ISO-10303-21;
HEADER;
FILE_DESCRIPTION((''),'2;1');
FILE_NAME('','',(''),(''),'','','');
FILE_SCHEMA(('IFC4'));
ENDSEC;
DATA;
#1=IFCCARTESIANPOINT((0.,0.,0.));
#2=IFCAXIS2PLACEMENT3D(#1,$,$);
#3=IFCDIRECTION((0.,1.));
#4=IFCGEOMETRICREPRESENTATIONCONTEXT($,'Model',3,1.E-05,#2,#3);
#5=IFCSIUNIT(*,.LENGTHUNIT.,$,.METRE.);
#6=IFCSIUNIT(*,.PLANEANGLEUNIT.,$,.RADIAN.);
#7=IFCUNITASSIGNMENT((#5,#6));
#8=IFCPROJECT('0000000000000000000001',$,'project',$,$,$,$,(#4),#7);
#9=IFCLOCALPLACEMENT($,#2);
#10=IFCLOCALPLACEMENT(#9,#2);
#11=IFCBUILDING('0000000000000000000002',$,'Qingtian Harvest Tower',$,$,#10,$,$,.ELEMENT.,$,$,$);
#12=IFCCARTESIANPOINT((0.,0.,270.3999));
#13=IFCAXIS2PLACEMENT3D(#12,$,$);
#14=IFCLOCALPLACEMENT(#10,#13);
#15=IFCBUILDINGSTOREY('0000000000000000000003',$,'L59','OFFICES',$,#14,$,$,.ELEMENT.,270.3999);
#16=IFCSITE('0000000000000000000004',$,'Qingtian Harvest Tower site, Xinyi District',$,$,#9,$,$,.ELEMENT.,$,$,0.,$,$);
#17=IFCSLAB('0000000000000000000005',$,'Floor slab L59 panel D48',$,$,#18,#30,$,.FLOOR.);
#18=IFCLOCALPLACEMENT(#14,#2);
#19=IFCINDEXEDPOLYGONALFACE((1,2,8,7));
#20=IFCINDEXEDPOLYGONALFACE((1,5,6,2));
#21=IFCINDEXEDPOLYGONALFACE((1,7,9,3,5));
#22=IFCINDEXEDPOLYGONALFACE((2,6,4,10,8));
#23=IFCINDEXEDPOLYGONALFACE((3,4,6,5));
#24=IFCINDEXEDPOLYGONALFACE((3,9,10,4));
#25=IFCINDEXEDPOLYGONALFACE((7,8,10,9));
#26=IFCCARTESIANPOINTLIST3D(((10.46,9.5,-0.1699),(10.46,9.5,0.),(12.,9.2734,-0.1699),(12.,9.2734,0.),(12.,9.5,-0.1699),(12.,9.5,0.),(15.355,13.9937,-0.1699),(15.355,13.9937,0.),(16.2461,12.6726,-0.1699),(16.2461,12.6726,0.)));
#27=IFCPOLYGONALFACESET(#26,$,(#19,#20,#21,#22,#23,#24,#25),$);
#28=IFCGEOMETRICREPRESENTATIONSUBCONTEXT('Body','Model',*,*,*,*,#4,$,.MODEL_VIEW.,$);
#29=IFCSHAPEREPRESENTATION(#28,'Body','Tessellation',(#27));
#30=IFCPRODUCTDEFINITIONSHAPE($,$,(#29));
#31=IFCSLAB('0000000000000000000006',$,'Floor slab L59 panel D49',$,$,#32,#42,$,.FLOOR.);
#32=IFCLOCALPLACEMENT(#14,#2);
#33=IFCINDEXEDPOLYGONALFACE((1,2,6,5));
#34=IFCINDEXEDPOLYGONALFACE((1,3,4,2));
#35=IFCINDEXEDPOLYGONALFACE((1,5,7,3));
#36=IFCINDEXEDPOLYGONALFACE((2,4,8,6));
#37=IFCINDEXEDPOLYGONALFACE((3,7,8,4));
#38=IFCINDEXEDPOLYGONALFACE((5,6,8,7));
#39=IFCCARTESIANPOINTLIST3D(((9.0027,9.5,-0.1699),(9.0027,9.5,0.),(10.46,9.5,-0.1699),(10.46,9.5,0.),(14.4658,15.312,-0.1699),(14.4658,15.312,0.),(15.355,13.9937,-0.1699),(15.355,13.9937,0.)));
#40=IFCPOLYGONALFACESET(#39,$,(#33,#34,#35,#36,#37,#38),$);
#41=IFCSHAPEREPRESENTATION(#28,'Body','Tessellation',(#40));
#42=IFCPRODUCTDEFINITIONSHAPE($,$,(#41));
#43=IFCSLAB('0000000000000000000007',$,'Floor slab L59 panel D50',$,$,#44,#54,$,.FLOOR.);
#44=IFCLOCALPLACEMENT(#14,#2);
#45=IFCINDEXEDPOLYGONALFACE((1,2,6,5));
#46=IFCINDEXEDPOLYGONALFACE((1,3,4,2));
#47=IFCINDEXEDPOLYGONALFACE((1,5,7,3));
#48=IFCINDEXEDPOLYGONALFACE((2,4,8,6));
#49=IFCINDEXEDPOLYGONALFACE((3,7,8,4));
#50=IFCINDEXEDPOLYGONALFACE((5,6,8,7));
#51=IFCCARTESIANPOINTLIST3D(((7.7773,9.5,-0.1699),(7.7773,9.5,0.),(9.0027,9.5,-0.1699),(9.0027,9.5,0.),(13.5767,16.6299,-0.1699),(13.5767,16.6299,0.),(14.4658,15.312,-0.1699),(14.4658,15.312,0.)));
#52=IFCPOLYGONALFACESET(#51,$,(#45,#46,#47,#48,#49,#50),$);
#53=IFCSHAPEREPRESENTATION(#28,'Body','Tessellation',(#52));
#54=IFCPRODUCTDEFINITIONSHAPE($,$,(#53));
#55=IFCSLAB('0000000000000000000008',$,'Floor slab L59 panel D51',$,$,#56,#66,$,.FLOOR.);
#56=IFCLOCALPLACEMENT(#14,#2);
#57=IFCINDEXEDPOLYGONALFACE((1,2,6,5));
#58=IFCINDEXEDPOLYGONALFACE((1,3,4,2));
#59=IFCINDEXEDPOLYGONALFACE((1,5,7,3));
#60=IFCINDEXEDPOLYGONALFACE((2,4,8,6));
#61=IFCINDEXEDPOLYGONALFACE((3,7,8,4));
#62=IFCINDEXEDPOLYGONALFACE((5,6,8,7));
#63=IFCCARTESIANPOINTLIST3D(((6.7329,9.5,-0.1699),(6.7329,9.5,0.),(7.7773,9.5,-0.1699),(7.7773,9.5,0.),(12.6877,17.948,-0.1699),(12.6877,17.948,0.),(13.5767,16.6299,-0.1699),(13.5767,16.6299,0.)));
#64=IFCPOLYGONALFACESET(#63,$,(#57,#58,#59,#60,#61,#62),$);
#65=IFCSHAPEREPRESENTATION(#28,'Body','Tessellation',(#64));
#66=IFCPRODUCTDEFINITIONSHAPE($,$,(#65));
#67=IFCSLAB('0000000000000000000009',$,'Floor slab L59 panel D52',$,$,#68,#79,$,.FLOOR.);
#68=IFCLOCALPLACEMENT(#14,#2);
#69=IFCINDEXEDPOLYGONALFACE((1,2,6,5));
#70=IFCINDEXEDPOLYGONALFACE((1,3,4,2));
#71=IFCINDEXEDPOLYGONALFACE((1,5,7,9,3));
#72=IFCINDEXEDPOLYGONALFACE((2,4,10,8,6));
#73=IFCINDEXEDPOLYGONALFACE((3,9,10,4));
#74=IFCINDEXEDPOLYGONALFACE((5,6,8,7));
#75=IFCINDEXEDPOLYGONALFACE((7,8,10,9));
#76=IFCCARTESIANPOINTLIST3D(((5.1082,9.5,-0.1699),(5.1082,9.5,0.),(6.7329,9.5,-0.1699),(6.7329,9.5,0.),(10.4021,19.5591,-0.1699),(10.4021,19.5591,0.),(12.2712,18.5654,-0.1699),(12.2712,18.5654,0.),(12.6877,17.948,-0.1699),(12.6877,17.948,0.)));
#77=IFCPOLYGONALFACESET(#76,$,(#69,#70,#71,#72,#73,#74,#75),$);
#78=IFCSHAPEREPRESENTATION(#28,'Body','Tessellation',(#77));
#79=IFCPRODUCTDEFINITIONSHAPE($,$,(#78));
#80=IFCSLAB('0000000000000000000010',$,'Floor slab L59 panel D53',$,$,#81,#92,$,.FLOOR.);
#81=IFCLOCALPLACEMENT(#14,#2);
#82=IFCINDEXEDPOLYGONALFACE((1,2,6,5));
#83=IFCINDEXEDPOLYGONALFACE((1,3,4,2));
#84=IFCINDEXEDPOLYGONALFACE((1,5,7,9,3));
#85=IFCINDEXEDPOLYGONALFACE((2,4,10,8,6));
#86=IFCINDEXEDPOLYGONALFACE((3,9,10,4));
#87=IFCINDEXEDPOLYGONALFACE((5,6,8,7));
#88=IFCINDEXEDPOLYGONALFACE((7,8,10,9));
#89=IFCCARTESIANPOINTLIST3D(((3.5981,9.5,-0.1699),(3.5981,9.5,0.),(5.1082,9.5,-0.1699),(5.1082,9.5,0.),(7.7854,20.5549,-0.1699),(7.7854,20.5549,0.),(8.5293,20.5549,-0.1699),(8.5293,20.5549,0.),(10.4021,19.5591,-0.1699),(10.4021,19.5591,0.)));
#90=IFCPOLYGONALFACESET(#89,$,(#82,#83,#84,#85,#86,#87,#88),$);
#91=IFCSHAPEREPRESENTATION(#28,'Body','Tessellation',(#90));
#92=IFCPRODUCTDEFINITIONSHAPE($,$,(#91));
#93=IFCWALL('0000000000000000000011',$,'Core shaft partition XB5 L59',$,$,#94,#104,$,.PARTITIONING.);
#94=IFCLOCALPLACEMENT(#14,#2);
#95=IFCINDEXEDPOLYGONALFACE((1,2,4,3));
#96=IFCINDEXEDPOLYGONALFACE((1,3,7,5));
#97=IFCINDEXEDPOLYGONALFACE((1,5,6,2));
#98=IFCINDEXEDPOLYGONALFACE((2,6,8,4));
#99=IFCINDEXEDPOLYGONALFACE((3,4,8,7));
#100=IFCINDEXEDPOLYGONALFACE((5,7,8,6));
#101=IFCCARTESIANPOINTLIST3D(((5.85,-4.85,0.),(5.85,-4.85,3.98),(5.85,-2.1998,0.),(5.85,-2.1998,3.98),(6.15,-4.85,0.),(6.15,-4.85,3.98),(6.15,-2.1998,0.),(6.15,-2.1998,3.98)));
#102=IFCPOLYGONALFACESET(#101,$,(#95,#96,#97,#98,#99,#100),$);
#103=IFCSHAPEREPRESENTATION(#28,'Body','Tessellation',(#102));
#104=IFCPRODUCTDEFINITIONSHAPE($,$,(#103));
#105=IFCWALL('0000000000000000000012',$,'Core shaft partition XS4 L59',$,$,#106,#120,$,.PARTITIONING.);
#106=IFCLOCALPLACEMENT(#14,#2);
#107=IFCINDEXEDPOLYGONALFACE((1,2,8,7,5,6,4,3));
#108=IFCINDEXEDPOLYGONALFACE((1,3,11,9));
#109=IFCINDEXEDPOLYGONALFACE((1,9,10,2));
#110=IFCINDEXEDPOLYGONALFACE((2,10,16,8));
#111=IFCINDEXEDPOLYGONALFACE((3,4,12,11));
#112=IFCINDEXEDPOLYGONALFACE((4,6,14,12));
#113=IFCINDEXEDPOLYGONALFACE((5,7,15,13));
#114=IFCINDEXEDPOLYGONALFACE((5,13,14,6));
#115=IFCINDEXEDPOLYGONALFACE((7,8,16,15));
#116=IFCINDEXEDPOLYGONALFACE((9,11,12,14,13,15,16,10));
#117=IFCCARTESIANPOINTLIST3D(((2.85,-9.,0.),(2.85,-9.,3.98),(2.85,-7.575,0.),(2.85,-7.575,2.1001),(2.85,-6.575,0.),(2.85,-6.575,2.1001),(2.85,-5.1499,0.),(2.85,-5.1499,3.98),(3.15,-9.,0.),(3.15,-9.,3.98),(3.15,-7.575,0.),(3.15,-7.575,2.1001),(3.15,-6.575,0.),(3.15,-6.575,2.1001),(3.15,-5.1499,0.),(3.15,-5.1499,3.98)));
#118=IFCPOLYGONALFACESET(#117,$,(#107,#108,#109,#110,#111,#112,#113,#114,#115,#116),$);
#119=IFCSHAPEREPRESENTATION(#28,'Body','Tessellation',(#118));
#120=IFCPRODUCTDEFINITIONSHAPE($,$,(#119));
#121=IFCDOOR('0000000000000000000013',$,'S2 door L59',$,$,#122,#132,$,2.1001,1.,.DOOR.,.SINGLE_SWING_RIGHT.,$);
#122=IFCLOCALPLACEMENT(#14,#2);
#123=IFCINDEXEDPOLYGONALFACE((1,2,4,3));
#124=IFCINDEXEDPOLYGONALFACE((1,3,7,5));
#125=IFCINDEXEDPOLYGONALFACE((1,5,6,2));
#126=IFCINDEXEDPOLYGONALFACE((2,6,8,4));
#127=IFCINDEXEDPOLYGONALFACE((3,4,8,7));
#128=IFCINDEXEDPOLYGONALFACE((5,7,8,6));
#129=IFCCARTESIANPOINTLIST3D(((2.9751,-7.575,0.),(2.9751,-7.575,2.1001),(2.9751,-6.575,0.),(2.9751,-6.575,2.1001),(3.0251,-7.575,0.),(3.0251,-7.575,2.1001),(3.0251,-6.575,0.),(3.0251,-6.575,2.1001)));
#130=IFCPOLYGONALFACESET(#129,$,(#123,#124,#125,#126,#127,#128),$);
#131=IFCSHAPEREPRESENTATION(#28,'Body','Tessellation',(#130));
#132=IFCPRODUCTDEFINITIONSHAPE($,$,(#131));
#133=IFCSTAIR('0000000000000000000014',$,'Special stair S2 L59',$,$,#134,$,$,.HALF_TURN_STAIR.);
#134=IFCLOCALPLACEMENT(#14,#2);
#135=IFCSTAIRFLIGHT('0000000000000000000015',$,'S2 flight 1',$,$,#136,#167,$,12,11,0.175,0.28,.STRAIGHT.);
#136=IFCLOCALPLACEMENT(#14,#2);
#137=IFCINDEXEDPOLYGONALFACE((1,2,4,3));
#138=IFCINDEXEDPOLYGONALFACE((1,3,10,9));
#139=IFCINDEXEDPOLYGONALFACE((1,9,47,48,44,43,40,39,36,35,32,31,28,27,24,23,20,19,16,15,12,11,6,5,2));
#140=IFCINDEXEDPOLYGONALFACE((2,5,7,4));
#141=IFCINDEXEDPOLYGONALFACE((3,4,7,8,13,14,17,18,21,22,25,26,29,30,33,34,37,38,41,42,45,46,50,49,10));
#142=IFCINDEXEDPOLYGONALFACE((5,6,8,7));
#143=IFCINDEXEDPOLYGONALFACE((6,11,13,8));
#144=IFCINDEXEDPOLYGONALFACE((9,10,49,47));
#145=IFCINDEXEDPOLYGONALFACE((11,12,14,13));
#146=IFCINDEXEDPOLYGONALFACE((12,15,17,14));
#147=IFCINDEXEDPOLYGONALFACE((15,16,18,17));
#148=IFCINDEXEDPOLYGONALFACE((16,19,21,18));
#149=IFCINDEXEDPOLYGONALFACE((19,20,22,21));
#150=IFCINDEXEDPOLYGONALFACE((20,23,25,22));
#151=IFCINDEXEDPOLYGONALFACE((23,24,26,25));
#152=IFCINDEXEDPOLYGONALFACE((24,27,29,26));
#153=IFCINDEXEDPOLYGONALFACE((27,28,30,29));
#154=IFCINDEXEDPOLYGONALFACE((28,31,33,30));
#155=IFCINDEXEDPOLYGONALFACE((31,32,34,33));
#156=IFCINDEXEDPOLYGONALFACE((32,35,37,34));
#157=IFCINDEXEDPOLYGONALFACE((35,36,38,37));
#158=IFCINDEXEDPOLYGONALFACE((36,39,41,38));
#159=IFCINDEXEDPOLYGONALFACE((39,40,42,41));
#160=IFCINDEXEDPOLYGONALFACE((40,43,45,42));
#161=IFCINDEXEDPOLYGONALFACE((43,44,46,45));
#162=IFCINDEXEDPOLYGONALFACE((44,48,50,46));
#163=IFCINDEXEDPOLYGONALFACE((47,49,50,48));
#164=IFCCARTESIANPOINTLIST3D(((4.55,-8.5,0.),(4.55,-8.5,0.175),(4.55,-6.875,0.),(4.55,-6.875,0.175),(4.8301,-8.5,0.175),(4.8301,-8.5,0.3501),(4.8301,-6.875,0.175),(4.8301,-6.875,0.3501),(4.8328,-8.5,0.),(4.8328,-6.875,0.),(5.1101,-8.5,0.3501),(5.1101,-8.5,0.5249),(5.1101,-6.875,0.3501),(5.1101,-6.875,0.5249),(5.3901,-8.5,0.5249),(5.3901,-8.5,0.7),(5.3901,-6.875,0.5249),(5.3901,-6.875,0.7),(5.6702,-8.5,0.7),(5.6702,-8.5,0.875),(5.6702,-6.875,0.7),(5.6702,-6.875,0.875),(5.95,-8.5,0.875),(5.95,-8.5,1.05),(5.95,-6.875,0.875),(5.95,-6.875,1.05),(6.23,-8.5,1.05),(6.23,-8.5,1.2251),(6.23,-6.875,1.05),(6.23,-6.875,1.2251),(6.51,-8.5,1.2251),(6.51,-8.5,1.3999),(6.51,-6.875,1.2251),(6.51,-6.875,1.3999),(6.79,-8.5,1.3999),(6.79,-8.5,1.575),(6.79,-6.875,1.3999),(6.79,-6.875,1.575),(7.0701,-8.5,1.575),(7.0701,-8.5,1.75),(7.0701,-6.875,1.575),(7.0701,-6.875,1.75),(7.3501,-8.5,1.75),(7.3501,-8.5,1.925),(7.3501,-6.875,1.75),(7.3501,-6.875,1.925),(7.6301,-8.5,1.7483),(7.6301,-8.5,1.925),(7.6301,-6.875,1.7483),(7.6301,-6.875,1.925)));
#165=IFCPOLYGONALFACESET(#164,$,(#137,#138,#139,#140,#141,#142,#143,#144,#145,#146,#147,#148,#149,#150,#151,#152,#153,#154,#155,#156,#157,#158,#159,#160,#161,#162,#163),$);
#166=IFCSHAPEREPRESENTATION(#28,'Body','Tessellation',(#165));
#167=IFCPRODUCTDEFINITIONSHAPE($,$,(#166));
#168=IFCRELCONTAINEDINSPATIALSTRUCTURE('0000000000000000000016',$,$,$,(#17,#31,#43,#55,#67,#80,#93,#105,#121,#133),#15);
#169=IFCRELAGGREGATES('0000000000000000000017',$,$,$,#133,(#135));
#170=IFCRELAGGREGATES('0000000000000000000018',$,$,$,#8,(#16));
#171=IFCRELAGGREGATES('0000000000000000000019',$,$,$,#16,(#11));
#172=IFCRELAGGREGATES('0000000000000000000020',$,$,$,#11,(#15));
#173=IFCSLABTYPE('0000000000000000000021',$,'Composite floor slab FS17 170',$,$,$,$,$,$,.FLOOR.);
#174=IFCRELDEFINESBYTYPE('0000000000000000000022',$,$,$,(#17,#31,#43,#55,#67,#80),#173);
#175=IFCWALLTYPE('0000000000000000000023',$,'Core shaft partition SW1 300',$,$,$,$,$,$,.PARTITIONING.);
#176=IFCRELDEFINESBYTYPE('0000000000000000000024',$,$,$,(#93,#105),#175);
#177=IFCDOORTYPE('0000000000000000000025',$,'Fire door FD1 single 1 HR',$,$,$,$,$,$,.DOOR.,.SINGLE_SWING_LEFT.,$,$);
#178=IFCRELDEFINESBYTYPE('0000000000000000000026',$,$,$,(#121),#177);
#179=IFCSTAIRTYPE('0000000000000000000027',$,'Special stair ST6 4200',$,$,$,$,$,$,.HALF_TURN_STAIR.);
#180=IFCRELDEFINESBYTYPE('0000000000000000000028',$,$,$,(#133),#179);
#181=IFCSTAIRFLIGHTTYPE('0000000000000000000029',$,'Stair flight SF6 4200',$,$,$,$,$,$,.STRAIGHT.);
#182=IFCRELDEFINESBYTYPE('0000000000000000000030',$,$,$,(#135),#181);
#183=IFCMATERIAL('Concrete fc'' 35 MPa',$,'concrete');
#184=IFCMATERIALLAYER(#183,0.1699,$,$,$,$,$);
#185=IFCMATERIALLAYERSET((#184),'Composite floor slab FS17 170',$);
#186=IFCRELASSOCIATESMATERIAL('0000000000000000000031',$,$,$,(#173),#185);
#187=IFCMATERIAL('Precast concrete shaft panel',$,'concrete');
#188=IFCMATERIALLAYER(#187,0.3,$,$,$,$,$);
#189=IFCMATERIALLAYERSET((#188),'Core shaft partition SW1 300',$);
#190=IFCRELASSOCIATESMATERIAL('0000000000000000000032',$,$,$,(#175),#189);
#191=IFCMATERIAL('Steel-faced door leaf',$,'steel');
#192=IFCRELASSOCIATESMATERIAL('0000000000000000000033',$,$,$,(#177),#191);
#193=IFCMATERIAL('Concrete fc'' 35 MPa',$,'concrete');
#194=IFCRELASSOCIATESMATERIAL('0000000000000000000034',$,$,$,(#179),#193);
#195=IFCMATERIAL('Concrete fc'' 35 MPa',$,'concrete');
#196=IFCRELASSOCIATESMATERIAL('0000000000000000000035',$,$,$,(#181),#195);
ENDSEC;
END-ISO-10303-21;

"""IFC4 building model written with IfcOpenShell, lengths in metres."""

from ifc_helpers import new_model, si_unit, direction, frame, frame_2d, origin, place, context, subcontext, project, spatial, polyline, rectangle, outline, extrude, material, layer, layer_set, type_object, element, fill, aggregate, save


model = new_model("IFC4")

# Units and contexts
model_context = context("Model", 3, precision=1e-05, world=origin(), true_north=direction((0.0, 1.0)))
body_context = subcontext(model_context, "Body", "Model", "MODEL_VIEW")
ifc_project = project(units=[si_unit("LENGTHUNIT", "METRE"), si_unit("PLANEANGLEUNIT", "RADIAN")], contexts=[model_context])

# Site, building, storey
site_placement = place(None, origin())
site = spatial("IfcSite", under=ifc_project, at=site_placement, Name="Qingtian Harvest Tower site, Xinyi District", CompositionType="ELEMENT", RefElevation=0.0)
building_placement = place(site_placement, origin())
building = spatial("IfcBuilding", under=site, at=building_placement, Name="Qingtian Harvest Tower", CompositionType="ELEMENT")
storey_placement = place(building_placement, frame((0.0, 0.0, 270.3999)))
storey = spatial("IfcBuildingStorey", under=building, at=storey_placement, Name="L59", Description="OFFICES", CompositionType="ELEMENT", Elevation=270.3999)

# Slabs
ifc_material_1 = material(Name="Concrete fc' 35 MPa", Category="concrete")
ifc_layer_1 = layer(ifc_material_1, 0.1699)
ifc_layer_set_1 = layer_set([ifc_layer_1], Name="Composite floor slab FS17 170")
slab_type = type_object("IfcSlabType", Name="Composite floor slab FS17 170", PredefinedType="FLOOR", material=ifc_layer_set_1)
slab_1_placement = place(storey_placement, frame((0.0, 0.0, -0.1699)))
element("IfcSlab", 1, at=slab_1_placement, inside=storey, type_object=slab_type, Name="Floor slab L59 panel D48", PredefinedType="FLOOR", context=body_context, shape_type="SweptSolid", body=[
    extrude(outline(polyline([(12.0, 9.5), (10.46, 9.5), (15.355, 13.9937), (16.2461, 12.6726), (12.0, 9.2734), (12.0, 9.5)])), origin(), (0.0, 0.0, 1.0), 0.1699),
])
slab_2_placement = place(storey_placement, frame((0.0, 0.0, -0.1699)))
element("IfcSlab", 2, at=slab_2_placement, inside=storey, type_object=slab_type, Name="Floor slab L59 panel D49", PredefinedType="FLOOR", context=body_context, shape_type="SweptSolid", body=[
    extrude(outline(polyline([(9.0027, 9.5), (14.4658, 15.312), (15.355, 13.9937), (10.46, 9.5), (9.0027, 9.5)])), origin(), (0.0, 0.0, 1.0), 0.1699),
])
slab_3_placement = place(storey_placement, frame((0.0, 0.0, -0.1699)))
element("IfcSlab", 3, at=slab_3_placement, inside=storey, type_object=slab_type, Name="Floor slab L59 panel D50", PredefinedType="FLOOR", context=body_context, shape_type="SweptSolid", body=[
    extrude(outline(polyline([(7.7773, 9.5), (13.5767, 16.6299), (14.4658, 15.312), (9.0027, 9.5), (7.7773, 9.5)])), origin(), (0.0, 0.0, 1.0), 0.1699),
])
slab_4_placement = place(storey_placement, frame((0.0, 0.0, -0.1699)))
element("IfcSlab", 4, at=slab_4_placement, inside=storey, type_object=slab_type, Name="Floor slab L59 panel D51", PredefinedType="FLOOR", context=body_context, shape_type="SweptSolid", body=[
    extrude(outline(polyline([(6.7329, 9.5), (12.6877, 17.948), (13.5767, 16.6299), (7.7773, 9.5), (6.7329, 9.5)])), origin(), (0.0, 0.0, 1.0), 0.1699),
])
slab_5_placement = place(storey_placement, frame((0.0, 0.0, -0.1699)))
element("IfcSlab", 5, at=slab_5_placement, inside=storey, type_object=slab_type, Name="Floor slab L59 panel D52", PredefinedType="FLOOR", context=body_context, shape_type="SweptSolid", body=[
    extrude(outline(polyline([(6.7329, 9.5), (5.1082, 9.5), (10.4021, 19.5591), (12.2712, 18.5654), (12.6877, 17.948), (6.7329, 9.5)])), origin(), (0.0, 0.0, 1.0), 0.1699),
])
slab_6_placement = place(storey_placement, frame((0.0, 0.0, -0.1699)))
element("IfcSlab", 6, at=slab_6_placement, inside=storey, type_object=slab_type, Name="Floor slab L59 panel D53", PredefinedType="FLOOR", context=body_context, shape_type="SweptSolid", body=[
    extrude(outline(polyline([(3.5981, 9.5), (7.7854, 20.5549), (8.5293, 20.5549), (10.4021, 19.5591), (5.1082, 9.5), (3.5981, 9.5)])), origin(), (0.0, 0.0, 1.0), 0.1699),
])

# Wall
ifc_material_2 = material(Name="Precast concrete shaft panel", Category="concrete")
ifc_layer_2 = layer(ifc_material_2, 0.3)
ifc_layer_set_2 = layer_set([ifc_layer_2], Name="Core shaft partition SW1 300")
wall_type_1 = type_object("IfcWallType", Name="Core shaft partition SW1 300", PredefinedType="PARTITIONING", material=ifc_layer_set_2)
wall_1_placement = place(storey_placement, frame((6.0, -4.8501, 0.0), z_axis=(0.0, 0.0, 1.0), x_axis=(0.0, 1.0, 0.0)))
element("IfcWall", 7, at=wall_1_placement, inside=storey, type_object=wall_type_1, Name="Core shaft partition XB5 L59", PredefinedType="PARTITIONING", context=body_context, shape_type="SweptSolid", body=[
    extrude(rectangle(XDim=2.6501, YDim=0.3, at=frame_2d((1.3252, 0.0))), origin(), (0.0, 0.0, 1.0), 3.98),
])

# Wall, opening, door
wall_2_placement = place(storey_placement, frame((3.0, -9.0, 0.0), z_axis=(0.0, 0.0, 1.0), x_axis=(0.0, 1.0, 0.0)))
wall_2 = element("IfcWall", 8, at=wall_2_placement, inside=storey, type_object=wall_type_1, Name="Core shaft partition XS4 L59", PredefinedType="PARTITIONING", context=body_context, shape_type="SweptSolid", body=[
    extrude(rectangle(XDim=3.8501, YDim=0.3, at=frame_2d((1.925, 0.0))), origin(), (0.0, 0.0, 1.0), 3.98),
])
opening_1_placement = place(wall_2_placement, frame((1.425, 0.0, 0.0)))
opening_1 = element("IfcOpeningElement", 9, at=opening_1_placement, cuts=wall_2, PredefinedType="OPENING", context=body_context, shape_type="SweptSolid", body=[
    extrude(rectangle(XDim=1.0, YDim=2.1001, at=frame_2d((0.5, 1.05))), frame((0.0, 0.1599, 0.0), z_axis=(0.0, -1.0, 0.0), x_axis=(1.0, 0.0, 0.0)), (0.0, 0.0, 1.0), 0.3201),
])
ifc_material_3 = material(Name="Steel-faced door leaf", Category="steel")
door_type_1 = type_object("IfcDoorType", Name="Fire door FD1 single 1 HR", OperationType="SINGLE_SWING_LEFT", PredefinedType="DOOR", material=ifc_material_3)
door_1_placement = place(opening_1_placement, origin())
door_1 = element("IfcDoor", 10, at=door_1_placement, inside=storey, type_object=door_type_1, Name="S2 door L59", OperationType="SINGLE_SWING_RIGHT", OverallHeight=2.1001, OverallWidth=1.0, PredefinedType="DOOR", context=body_context, shape_type="SweptSolid", body=[
    extrude(rectangle(XDim=1.0, YDim=2.1001, at=frame_2d((0.5, 1.05))), frame((0.0, 0.0249, 0.0), z_axis=(0.0, -1.0, 0.0), x_axis=(1.0, 0.0, 0.0)), (0.0, 0.0, 1.0), 0.05),
])
fill(opening_1, door_1)

# Stair, stair flight
ifc_material_4 = material(Name="Concrete fc' 35 MPa", Category="concrete")
stair_type = type_object("IfcStairType", Name="Special stair ST6 4200", PredefinedType="HALF_TURN_STAIR", material=ifc_material_4)
stair_placement = place(storey_placement, origin())
stair = element("IfcStair", 11, at=stair_placement, inside=storey, type_object=stair_type, Name="Special stair S2 L59", PredefinedType="HALF_TURN_STAIR")
ifc_material_5 = material(Name="Concrete fc' 35 MPa", Category="concrete")
stair_flight_type = type_object("IfcStairFlightType", Name="Stair flight SF6 4200", PredefinedType="STRAIGHT", material=ifc_material_5)
stair_flight_1_placement = place(storey_placement, frame((4.55, -7.6875, 0.0), z_axis=(0.0, 0.0, 1.0), x_axis=(1.0, 0.0, 0.0)))
stair_flight_1 = element("IfcStairFlight", 12, at=stair_flight_1_placement, type_object=stair_flight_type, Name="S2 flight 1", NumberOfRisers=12, NumberOfTreads=11, PredefinedType="STRAIGHT", RiserHeight=0.175, TreadLength=0.28, context=body_context, shape_type="SweptSolid", body=[
    extrude(outline(polyline([(0.0, 0.0), (0.0, 0.175), (0.28, 0.175), (0.28, 0.3501), (0.5601, 0.3501), (0.5601, 0.5249), (0.8401, 0.5249), (0.8401, 0.7), (1.1201, 0.7), (1.1201, 0.875), (1.3999, 0.875), (1.3999, 1.05), (1.6799, 1.05), (1.6799, 1.2251), (1.96, 1.2251), (1.96, 1.3999), (2.24, 1.3999), (2.24, 1.575), (2.52, 1.575), (2.52, 1.75), (2.8, 1.75), (2.8, 1.925), (3.0801, 1.925), (3.0801, 2.1001), (3.0801, 1.7483), (0.2827, 0.0), (0.0, 0.0)])), frame((0.0, 0.8125, 0.0), z_axis=(0.0, -1.0, 0.0), x_axis=(1.0, 0.0, 0.0)), (0.0, 0.0, 1.0), 1.625),
])
aggregate(stair, [stair_flight_1])

save(model, "model.ifc")
